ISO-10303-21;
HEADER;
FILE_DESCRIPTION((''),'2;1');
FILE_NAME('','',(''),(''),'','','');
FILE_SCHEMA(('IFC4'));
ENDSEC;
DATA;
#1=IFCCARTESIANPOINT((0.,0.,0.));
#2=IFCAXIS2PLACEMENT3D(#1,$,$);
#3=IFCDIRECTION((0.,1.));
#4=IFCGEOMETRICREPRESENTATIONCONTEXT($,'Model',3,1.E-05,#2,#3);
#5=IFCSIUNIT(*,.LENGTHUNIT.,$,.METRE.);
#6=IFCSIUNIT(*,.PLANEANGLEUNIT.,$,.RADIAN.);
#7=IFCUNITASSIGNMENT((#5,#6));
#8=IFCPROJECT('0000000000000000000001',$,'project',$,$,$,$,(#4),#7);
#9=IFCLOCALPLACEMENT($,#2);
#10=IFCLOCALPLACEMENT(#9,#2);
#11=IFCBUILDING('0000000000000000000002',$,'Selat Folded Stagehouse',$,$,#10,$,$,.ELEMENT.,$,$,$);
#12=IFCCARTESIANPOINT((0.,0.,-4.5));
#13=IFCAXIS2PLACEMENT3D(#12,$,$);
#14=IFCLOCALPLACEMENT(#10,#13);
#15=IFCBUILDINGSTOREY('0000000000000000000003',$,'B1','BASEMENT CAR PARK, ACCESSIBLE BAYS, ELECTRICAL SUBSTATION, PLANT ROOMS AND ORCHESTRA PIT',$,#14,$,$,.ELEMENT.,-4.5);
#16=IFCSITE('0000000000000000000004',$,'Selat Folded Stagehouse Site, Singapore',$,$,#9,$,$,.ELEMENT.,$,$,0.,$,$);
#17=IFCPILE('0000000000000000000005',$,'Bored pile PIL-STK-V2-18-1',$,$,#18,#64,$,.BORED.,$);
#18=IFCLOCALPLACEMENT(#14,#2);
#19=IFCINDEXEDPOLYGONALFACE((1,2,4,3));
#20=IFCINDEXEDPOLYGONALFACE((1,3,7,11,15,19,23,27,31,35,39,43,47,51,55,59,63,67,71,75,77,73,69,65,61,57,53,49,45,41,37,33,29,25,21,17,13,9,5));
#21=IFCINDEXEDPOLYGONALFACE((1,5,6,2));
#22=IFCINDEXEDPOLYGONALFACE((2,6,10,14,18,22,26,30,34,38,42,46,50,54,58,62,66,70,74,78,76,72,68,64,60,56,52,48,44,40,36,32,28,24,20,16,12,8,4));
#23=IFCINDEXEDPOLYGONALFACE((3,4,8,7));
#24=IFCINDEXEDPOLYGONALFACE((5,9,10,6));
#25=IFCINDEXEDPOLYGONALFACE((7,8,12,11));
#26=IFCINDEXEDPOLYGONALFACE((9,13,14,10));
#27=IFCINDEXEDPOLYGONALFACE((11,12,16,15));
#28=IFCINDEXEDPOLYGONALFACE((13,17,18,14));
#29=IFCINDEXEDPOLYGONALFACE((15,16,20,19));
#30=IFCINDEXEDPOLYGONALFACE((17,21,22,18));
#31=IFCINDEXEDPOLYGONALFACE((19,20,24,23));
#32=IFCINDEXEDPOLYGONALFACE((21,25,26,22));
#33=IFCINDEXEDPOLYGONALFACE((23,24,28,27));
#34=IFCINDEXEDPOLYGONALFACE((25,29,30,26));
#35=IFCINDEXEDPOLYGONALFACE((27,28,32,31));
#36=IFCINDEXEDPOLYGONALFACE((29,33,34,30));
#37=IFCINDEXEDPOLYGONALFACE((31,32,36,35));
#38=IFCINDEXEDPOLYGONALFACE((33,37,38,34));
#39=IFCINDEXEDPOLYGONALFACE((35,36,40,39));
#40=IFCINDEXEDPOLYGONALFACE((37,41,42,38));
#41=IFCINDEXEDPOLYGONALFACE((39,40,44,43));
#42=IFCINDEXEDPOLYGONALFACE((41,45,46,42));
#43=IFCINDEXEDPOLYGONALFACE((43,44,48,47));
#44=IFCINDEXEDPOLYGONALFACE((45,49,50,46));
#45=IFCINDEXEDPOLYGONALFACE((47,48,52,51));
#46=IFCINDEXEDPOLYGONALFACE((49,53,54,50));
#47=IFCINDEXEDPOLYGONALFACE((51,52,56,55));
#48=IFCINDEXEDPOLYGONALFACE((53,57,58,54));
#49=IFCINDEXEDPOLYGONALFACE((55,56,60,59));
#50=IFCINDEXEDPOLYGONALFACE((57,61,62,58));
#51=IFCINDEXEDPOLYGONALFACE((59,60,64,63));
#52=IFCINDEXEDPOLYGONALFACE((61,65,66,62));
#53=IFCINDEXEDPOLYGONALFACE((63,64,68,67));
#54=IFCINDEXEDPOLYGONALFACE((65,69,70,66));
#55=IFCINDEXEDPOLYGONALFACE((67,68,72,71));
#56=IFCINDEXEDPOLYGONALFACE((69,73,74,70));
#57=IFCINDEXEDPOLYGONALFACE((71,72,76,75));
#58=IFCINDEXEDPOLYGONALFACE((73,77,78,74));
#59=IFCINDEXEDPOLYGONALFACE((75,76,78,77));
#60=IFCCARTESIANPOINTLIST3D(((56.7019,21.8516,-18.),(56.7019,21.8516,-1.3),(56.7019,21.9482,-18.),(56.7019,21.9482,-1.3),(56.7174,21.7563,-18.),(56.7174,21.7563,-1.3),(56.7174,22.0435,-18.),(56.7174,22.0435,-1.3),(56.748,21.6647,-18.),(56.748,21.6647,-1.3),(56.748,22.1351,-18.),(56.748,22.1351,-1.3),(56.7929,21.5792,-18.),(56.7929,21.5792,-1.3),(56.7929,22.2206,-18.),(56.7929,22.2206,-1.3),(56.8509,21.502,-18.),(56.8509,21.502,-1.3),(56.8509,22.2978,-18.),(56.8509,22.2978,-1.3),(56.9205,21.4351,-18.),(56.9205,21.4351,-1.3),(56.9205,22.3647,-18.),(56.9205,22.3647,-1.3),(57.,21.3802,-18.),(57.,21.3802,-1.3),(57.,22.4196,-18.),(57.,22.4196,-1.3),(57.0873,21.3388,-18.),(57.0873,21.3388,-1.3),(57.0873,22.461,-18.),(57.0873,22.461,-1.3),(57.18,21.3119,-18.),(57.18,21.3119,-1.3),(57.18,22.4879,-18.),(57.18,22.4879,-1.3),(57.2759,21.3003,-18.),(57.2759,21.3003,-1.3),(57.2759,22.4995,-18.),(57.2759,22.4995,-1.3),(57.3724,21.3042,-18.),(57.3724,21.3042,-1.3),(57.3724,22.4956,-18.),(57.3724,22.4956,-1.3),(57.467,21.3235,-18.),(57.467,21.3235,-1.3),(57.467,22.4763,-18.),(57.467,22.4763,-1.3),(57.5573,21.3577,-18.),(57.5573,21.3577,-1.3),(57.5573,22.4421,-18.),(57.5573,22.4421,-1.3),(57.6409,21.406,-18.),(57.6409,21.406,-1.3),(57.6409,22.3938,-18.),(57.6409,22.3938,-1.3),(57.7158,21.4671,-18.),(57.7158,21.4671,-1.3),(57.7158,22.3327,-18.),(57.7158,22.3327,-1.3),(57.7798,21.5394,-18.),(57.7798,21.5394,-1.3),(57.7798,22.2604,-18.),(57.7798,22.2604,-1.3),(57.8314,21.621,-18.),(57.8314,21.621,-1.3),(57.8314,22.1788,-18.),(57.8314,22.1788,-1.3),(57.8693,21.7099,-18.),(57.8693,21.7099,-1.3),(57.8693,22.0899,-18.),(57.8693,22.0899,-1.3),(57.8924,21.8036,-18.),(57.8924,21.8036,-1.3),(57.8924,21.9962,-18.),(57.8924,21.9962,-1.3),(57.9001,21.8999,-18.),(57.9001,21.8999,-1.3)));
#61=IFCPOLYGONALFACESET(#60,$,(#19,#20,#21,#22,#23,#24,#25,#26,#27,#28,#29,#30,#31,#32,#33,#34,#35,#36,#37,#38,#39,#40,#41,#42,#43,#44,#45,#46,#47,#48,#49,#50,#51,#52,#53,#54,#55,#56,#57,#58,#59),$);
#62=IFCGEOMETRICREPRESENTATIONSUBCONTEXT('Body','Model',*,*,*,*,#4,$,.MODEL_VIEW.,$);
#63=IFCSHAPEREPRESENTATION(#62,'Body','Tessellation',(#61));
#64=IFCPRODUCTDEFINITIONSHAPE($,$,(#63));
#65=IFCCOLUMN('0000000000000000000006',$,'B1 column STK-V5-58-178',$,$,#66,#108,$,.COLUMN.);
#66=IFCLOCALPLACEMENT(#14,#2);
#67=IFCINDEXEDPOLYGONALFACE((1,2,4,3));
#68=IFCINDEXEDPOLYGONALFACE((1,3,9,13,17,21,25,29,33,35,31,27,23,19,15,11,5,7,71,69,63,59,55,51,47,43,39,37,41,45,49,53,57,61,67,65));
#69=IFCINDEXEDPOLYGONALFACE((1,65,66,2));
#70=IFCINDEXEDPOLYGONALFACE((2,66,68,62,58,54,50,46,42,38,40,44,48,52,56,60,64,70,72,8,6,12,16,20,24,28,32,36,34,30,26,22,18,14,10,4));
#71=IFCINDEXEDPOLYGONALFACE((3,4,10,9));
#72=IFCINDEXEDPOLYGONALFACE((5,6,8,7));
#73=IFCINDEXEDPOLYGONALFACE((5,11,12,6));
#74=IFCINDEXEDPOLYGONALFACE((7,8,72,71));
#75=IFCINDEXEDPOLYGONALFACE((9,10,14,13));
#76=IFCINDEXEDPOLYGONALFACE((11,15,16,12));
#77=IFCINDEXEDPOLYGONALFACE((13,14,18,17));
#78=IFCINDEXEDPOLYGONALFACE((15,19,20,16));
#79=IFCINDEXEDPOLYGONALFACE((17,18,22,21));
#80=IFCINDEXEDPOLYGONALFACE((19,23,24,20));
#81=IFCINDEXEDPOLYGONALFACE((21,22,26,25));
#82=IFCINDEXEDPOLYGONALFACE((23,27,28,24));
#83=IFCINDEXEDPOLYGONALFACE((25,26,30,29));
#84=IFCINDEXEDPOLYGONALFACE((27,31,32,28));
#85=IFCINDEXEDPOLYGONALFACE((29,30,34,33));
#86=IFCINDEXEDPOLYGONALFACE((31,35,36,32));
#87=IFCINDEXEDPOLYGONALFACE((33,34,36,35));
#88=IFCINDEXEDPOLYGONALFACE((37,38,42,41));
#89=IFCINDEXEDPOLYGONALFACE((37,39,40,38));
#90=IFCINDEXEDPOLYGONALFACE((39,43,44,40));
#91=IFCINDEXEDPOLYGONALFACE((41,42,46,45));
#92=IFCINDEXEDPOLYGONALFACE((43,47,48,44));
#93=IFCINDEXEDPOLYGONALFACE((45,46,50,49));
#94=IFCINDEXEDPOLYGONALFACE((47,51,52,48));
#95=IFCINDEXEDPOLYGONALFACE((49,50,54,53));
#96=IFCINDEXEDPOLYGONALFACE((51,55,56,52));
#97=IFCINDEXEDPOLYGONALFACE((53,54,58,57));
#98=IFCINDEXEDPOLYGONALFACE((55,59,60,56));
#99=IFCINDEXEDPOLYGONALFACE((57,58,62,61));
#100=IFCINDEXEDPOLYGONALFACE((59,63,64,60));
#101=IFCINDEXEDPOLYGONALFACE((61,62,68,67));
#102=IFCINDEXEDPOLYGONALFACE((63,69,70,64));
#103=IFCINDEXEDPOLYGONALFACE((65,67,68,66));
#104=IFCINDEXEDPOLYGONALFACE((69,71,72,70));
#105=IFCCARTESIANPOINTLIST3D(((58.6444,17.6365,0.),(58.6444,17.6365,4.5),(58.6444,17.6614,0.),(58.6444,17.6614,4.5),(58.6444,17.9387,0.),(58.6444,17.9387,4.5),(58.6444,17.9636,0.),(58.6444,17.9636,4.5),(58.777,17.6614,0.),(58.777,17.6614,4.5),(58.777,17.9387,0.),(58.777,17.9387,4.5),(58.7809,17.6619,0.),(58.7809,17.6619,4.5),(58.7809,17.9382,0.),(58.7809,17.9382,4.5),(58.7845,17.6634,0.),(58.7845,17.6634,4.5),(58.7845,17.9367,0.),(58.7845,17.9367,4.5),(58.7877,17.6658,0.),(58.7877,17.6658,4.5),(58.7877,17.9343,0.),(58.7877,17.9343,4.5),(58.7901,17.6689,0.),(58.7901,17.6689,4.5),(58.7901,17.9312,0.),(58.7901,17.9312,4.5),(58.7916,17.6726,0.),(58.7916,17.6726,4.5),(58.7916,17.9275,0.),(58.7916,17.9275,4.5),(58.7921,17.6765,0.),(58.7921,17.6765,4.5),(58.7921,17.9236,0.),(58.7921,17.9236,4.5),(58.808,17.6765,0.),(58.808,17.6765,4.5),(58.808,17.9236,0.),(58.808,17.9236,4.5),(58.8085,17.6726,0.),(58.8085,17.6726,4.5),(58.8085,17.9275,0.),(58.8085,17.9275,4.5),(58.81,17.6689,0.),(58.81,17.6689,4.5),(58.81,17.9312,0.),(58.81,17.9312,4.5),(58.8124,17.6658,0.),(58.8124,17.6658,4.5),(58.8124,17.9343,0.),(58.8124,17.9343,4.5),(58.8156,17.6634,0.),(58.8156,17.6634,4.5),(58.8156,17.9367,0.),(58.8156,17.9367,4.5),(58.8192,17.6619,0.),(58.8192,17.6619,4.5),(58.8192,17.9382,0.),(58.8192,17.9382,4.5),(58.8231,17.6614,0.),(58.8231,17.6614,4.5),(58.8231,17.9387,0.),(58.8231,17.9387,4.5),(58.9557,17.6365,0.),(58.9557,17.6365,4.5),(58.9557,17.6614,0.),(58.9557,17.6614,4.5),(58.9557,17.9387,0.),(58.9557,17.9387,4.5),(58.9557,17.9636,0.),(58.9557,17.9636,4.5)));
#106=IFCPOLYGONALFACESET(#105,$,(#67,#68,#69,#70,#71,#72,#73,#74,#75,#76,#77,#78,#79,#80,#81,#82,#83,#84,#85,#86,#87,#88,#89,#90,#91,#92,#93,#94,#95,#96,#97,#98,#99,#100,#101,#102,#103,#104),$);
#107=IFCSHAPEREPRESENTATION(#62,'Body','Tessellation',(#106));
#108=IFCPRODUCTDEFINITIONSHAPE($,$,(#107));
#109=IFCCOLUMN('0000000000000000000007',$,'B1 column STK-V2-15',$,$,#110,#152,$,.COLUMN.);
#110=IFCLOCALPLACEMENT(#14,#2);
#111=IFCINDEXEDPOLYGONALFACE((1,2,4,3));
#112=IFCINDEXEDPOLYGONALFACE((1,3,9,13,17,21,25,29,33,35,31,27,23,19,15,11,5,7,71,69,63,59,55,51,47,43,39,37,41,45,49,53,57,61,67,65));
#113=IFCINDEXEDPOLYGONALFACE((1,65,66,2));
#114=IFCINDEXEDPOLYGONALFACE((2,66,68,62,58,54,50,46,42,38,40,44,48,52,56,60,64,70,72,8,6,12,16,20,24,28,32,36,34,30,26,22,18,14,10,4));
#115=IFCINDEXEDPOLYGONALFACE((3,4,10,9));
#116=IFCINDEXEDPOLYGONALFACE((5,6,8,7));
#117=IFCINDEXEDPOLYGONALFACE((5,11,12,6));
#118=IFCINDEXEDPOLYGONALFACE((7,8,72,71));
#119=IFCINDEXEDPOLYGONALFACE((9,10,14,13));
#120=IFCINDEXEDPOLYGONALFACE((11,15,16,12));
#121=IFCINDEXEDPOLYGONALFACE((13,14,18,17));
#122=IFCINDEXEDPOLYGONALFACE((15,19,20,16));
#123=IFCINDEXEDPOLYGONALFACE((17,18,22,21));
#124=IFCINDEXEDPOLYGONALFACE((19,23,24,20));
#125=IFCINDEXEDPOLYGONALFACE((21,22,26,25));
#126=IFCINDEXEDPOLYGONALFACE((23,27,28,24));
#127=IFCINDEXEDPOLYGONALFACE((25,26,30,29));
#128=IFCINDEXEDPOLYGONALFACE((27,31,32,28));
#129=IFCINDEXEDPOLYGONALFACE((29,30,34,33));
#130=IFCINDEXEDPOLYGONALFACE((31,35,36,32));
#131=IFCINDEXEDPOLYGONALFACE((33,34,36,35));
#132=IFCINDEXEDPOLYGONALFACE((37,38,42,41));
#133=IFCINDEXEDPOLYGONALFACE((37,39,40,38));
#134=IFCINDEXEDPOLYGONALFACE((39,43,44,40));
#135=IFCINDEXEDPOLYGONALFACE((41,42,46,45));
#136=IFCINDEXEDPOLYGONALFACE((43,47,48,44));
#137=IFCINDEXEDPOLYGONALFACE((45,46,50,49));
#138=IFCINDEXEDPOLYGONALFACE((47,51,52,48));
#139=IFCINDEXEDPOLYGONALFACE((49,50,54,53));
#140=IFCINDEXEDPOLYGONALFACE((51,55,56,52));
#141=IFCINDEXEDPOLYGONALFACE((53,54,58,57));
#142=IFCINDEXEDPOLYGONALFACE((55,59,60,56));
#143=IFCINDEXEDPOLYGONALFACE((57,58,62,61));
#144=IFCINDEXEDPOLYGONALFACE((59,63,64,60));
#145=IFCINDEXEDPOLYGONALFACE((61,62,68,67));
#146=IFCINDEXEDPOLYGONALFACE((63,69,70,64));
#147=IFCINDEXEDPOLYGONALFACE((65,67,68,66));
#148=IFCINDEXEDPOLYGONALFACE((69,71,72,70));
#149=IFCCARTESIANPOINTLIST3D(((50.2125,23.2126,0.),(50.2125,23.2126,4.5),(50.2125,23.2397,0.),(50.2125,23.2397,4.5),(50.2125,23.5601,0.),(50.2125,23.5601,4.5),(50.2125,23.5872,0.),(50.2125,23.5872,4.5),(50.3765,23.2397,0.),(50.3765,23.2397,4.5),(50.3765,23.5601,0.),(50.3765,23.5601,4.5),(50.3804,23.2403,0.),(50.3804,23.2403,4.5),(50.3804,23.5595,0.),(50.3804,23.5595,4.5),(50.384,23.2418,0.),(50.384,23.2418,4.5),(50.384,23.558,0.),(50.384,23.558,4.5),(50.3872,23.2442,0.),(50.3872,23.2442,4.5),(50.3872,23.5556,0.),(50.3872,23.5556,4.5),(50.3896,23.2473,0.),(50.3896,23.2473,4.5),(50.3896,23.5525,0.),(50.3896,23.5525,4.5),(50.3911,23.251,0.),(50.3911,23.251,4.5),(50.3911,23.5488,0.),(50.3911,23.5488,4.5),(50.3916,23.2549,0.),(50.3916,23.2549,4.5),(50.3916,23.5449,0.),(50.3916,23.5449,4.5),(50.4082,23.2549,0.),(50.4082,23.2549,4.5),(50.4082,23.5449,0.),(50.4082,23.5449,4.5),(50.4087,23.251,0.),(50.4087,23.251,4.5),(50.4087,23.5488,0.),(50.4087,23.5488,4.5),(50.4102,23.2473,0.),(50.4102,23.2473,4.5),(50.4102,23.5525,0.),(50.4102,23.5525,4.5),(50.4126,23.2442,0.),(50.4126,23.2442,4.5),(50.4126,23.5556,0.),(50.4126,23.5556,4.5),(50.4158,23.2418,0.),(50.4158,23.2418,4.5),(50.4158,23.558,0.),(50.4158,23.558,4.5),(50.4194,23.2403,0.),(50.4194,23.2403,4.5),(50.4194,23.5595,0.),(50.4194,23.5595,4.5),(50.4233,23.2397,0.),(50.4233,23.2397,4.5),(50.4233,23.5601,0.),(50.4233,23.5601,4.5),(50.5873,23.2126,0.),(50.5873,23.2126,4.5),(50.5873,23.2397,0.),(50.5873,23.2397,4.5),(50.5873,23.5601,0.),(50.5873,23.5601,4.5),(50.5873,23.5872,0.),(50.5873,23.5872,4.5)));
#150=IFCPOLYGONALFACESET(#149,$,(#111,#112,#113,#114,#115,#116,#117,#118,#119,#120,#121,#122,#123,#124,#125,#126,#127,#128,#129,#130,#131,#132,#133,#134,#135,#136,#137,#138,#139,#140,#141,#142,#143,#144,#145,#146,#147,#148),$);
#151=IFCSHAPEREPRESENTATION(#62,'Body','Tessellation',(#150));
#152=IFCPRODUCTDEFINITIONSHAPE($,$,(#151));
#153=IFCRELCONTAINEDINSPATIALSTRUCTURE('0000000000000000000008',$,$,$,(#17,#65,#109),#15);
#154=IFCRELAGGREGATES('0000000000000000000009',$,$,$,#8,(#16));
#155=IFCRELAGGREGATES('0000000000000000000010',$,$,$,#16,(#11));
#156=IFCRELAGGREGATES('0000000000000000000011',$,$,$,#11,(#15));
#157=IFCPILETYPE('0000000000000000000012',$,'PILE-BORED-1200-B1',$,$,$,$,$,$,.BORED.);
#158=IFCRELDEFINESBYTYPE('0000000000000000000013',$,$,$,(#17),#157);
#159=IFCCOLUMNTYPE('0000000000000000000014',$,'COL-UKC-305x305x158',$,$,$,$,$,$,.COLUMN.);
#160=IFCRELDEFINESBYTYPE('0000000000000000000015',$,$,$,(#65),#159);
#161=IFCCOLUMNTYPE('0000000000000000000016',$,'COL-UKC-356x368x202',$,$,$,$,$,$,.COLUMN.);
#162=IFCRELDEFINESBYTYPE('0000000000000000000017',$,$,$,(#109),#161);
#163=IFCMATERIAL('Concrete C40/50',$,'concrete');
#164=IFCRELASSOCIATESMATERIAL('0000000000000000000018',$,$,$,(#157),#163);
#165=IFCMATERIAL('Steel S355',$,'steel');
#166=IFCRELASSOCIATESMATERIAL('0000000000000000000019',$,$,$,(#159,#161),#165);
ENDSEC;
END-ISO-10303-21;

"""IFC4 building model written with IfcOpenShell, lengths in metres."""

from ifc_helpers import new_model, si_unit, direction, frame, origin, origin_2d, place, context, subcontext, project, spatial, circle, i_section, extrude, material, material_profile, profile_set, type_object, element, save


model = new_model("IFC4")

# Units and contexts
model_context = context("Model", 3, precision=1e-05, world=origin(), true_north=direction((0.0, 1.0)))
body_context = subcontext(model_context, "Body", "Model", "MODEL_VIEW")
ifc_project = project(units=[si_unit("LENGTHUNIT", "METRE"), si_unit("PLANEANGLEUNIT", "RADIAN")], contexts=[model_context])

# Site, building, storey
site_placement = place(None, origin())
site = spatial("IfcSite", under=ifc_project, at=site_placement, Name="Selat Folded Stagehouse Site, Singapore", CompositionType="ELEMENT", RefElevation=0.0)
building_placement = place(site_placement, origin())
building = spatial("IfcBuilding", under=site, at=building_placement, Name="Selat Folded Stagehouse", CompositionType="ELEMENT")
storey_placement = place(building_placement, frame((0.0, 0.0, -4.5)))
storey = spatial("IfcBuildingStorey", under=building, at=storey_placement, Name="B1", Description="BASEMENT CAR PARK, ACCESSIBLE BAYS, ELECTRICAL SUBSTATION, PLANT ROOMS AND ORCHESTRA PIT", CompositionType="ELEMENT", Elevation=-4.5)

# Shared definitions
ifc_material_1 = material(Name="Concrete C40/50", Category="concrete")

# Pile
ifc_material_profile_1 = material_profile(ifc_material_1, circle(Radius=0.6001, at=origin_2d()), Name="PILE D1200")
ifc_profile_set_1 = profile_set([ifc_material_profile_1], Name="Concrete C40/50")
pile_type = type_object("IfcPileType", Name="PILE-BORED-1200-B1", PredefinedType="BORED", material=ifc_profile_set_1)
for number, where, z_axis, x_axis, name in (
    (1, (57.3, 21.8999, -1.3), (0.0, 0.0, -1.0), (1.0, 0.0, 0.0), "Bored pile PIL-STK-V2-18-1"),
):
    element("IfcPile", number, at=place(storey_placement, frame(where, z_axis=z_axis, x_axis=x_axis)), inside=storey, type_object=pile_type, Name=name, PredefinedType="BORED", context=body_context, shape_type="SweptSolid", body=[
        extrude(circle(Radius=0.6001, at=origin_2d()), origin(), (0.0, 0.0, 1.0), 16.7),
    ])

# Columns
ifc_material_2 = material(Name="Steel S355", Category="steel")
ifc_material_profile_2 = material_profile(ifc_material_2, i_section(OverallWidth=0.3113, OverallDepth=0.3271, WebThickness=0.0159, FlangeThickness=0.0249, FilletRadius=0.0151, at=origin_2d()), Name="UKC 305x305x158")
ifc_profile_set_2 = profile_set([ifc_material_profile_2], Name="Steel S355")
column_type_1 = type_object("IfcColumnType", Name="COL-UKC-305x305x158", PredefinedType="COLUMN", material=ifc_profile_set_2)
column_1_placement = place(storey_placement, frame((58.8, 17.8, 0.0), z_axis=(0.0, 0.0, 1.0), x_axis=(1.0, 0.0, 0.0)))
element("IfcColumn", 2, at=column_1_placement, inside=storey, type_object=column_type_1, Name="B1 column STK-V5-58-178", PredefinedType="COLUMN", context=body_context, shape_type="SweptSolid", body=[
    extrude(i_section(OverallWidth=0.3113, OverallDepth=0.3271, WebThickness=0.0159, FlangeThickness=0.0249, FilletRadius=0.0151, at=origin_2d()), origin(), (0.0, 0.0, 1.0), 4.5),
])
ifc_material_profile_3 = material_profile(ifc_material_2, i_section(OverallWidth=0.3748, OverallDepth=0.3745, WebThickness=0.0166, FlangeThickness=0.0271, FilletRadius=0.0151, at=origin_2d()), Name="UKC 356x368x202")
ifc_profile_set_3 = profile_set([ifc_material_profile_3], Name="Steel S355")
column_type_2 = type_object("IfcColumnType", Name="COL-UKC-356x368x202", PredefinedType="COLUMN", material=ifc_profile_set_3)
column_2_placement = place(storey_placement, frame((50.3999, 23.3999, 0.0), z_axis=(0.0, 0.0, 1.0), x_axis=(1.0, 0.0, 0.0)))
element("IfcColumn", 3, at=column_2_placement, inside=storey, type_object=column_type_2, Name="B1 column STK-V2-15", PredefinedType="COLUMN", context=body_context, shape_type="SweptSolid", body=[
    extrude(i_section(OverallWidth=0.3748, OverallDepth=0.3745, WebThickness=0.0166, FlangeThickness=0.0271, FilletRadius=0.0151, at=origin_2d()), origin(), (0.0, 0.0, 1.0), 4.5),
])

save(model, "model.ifc")
